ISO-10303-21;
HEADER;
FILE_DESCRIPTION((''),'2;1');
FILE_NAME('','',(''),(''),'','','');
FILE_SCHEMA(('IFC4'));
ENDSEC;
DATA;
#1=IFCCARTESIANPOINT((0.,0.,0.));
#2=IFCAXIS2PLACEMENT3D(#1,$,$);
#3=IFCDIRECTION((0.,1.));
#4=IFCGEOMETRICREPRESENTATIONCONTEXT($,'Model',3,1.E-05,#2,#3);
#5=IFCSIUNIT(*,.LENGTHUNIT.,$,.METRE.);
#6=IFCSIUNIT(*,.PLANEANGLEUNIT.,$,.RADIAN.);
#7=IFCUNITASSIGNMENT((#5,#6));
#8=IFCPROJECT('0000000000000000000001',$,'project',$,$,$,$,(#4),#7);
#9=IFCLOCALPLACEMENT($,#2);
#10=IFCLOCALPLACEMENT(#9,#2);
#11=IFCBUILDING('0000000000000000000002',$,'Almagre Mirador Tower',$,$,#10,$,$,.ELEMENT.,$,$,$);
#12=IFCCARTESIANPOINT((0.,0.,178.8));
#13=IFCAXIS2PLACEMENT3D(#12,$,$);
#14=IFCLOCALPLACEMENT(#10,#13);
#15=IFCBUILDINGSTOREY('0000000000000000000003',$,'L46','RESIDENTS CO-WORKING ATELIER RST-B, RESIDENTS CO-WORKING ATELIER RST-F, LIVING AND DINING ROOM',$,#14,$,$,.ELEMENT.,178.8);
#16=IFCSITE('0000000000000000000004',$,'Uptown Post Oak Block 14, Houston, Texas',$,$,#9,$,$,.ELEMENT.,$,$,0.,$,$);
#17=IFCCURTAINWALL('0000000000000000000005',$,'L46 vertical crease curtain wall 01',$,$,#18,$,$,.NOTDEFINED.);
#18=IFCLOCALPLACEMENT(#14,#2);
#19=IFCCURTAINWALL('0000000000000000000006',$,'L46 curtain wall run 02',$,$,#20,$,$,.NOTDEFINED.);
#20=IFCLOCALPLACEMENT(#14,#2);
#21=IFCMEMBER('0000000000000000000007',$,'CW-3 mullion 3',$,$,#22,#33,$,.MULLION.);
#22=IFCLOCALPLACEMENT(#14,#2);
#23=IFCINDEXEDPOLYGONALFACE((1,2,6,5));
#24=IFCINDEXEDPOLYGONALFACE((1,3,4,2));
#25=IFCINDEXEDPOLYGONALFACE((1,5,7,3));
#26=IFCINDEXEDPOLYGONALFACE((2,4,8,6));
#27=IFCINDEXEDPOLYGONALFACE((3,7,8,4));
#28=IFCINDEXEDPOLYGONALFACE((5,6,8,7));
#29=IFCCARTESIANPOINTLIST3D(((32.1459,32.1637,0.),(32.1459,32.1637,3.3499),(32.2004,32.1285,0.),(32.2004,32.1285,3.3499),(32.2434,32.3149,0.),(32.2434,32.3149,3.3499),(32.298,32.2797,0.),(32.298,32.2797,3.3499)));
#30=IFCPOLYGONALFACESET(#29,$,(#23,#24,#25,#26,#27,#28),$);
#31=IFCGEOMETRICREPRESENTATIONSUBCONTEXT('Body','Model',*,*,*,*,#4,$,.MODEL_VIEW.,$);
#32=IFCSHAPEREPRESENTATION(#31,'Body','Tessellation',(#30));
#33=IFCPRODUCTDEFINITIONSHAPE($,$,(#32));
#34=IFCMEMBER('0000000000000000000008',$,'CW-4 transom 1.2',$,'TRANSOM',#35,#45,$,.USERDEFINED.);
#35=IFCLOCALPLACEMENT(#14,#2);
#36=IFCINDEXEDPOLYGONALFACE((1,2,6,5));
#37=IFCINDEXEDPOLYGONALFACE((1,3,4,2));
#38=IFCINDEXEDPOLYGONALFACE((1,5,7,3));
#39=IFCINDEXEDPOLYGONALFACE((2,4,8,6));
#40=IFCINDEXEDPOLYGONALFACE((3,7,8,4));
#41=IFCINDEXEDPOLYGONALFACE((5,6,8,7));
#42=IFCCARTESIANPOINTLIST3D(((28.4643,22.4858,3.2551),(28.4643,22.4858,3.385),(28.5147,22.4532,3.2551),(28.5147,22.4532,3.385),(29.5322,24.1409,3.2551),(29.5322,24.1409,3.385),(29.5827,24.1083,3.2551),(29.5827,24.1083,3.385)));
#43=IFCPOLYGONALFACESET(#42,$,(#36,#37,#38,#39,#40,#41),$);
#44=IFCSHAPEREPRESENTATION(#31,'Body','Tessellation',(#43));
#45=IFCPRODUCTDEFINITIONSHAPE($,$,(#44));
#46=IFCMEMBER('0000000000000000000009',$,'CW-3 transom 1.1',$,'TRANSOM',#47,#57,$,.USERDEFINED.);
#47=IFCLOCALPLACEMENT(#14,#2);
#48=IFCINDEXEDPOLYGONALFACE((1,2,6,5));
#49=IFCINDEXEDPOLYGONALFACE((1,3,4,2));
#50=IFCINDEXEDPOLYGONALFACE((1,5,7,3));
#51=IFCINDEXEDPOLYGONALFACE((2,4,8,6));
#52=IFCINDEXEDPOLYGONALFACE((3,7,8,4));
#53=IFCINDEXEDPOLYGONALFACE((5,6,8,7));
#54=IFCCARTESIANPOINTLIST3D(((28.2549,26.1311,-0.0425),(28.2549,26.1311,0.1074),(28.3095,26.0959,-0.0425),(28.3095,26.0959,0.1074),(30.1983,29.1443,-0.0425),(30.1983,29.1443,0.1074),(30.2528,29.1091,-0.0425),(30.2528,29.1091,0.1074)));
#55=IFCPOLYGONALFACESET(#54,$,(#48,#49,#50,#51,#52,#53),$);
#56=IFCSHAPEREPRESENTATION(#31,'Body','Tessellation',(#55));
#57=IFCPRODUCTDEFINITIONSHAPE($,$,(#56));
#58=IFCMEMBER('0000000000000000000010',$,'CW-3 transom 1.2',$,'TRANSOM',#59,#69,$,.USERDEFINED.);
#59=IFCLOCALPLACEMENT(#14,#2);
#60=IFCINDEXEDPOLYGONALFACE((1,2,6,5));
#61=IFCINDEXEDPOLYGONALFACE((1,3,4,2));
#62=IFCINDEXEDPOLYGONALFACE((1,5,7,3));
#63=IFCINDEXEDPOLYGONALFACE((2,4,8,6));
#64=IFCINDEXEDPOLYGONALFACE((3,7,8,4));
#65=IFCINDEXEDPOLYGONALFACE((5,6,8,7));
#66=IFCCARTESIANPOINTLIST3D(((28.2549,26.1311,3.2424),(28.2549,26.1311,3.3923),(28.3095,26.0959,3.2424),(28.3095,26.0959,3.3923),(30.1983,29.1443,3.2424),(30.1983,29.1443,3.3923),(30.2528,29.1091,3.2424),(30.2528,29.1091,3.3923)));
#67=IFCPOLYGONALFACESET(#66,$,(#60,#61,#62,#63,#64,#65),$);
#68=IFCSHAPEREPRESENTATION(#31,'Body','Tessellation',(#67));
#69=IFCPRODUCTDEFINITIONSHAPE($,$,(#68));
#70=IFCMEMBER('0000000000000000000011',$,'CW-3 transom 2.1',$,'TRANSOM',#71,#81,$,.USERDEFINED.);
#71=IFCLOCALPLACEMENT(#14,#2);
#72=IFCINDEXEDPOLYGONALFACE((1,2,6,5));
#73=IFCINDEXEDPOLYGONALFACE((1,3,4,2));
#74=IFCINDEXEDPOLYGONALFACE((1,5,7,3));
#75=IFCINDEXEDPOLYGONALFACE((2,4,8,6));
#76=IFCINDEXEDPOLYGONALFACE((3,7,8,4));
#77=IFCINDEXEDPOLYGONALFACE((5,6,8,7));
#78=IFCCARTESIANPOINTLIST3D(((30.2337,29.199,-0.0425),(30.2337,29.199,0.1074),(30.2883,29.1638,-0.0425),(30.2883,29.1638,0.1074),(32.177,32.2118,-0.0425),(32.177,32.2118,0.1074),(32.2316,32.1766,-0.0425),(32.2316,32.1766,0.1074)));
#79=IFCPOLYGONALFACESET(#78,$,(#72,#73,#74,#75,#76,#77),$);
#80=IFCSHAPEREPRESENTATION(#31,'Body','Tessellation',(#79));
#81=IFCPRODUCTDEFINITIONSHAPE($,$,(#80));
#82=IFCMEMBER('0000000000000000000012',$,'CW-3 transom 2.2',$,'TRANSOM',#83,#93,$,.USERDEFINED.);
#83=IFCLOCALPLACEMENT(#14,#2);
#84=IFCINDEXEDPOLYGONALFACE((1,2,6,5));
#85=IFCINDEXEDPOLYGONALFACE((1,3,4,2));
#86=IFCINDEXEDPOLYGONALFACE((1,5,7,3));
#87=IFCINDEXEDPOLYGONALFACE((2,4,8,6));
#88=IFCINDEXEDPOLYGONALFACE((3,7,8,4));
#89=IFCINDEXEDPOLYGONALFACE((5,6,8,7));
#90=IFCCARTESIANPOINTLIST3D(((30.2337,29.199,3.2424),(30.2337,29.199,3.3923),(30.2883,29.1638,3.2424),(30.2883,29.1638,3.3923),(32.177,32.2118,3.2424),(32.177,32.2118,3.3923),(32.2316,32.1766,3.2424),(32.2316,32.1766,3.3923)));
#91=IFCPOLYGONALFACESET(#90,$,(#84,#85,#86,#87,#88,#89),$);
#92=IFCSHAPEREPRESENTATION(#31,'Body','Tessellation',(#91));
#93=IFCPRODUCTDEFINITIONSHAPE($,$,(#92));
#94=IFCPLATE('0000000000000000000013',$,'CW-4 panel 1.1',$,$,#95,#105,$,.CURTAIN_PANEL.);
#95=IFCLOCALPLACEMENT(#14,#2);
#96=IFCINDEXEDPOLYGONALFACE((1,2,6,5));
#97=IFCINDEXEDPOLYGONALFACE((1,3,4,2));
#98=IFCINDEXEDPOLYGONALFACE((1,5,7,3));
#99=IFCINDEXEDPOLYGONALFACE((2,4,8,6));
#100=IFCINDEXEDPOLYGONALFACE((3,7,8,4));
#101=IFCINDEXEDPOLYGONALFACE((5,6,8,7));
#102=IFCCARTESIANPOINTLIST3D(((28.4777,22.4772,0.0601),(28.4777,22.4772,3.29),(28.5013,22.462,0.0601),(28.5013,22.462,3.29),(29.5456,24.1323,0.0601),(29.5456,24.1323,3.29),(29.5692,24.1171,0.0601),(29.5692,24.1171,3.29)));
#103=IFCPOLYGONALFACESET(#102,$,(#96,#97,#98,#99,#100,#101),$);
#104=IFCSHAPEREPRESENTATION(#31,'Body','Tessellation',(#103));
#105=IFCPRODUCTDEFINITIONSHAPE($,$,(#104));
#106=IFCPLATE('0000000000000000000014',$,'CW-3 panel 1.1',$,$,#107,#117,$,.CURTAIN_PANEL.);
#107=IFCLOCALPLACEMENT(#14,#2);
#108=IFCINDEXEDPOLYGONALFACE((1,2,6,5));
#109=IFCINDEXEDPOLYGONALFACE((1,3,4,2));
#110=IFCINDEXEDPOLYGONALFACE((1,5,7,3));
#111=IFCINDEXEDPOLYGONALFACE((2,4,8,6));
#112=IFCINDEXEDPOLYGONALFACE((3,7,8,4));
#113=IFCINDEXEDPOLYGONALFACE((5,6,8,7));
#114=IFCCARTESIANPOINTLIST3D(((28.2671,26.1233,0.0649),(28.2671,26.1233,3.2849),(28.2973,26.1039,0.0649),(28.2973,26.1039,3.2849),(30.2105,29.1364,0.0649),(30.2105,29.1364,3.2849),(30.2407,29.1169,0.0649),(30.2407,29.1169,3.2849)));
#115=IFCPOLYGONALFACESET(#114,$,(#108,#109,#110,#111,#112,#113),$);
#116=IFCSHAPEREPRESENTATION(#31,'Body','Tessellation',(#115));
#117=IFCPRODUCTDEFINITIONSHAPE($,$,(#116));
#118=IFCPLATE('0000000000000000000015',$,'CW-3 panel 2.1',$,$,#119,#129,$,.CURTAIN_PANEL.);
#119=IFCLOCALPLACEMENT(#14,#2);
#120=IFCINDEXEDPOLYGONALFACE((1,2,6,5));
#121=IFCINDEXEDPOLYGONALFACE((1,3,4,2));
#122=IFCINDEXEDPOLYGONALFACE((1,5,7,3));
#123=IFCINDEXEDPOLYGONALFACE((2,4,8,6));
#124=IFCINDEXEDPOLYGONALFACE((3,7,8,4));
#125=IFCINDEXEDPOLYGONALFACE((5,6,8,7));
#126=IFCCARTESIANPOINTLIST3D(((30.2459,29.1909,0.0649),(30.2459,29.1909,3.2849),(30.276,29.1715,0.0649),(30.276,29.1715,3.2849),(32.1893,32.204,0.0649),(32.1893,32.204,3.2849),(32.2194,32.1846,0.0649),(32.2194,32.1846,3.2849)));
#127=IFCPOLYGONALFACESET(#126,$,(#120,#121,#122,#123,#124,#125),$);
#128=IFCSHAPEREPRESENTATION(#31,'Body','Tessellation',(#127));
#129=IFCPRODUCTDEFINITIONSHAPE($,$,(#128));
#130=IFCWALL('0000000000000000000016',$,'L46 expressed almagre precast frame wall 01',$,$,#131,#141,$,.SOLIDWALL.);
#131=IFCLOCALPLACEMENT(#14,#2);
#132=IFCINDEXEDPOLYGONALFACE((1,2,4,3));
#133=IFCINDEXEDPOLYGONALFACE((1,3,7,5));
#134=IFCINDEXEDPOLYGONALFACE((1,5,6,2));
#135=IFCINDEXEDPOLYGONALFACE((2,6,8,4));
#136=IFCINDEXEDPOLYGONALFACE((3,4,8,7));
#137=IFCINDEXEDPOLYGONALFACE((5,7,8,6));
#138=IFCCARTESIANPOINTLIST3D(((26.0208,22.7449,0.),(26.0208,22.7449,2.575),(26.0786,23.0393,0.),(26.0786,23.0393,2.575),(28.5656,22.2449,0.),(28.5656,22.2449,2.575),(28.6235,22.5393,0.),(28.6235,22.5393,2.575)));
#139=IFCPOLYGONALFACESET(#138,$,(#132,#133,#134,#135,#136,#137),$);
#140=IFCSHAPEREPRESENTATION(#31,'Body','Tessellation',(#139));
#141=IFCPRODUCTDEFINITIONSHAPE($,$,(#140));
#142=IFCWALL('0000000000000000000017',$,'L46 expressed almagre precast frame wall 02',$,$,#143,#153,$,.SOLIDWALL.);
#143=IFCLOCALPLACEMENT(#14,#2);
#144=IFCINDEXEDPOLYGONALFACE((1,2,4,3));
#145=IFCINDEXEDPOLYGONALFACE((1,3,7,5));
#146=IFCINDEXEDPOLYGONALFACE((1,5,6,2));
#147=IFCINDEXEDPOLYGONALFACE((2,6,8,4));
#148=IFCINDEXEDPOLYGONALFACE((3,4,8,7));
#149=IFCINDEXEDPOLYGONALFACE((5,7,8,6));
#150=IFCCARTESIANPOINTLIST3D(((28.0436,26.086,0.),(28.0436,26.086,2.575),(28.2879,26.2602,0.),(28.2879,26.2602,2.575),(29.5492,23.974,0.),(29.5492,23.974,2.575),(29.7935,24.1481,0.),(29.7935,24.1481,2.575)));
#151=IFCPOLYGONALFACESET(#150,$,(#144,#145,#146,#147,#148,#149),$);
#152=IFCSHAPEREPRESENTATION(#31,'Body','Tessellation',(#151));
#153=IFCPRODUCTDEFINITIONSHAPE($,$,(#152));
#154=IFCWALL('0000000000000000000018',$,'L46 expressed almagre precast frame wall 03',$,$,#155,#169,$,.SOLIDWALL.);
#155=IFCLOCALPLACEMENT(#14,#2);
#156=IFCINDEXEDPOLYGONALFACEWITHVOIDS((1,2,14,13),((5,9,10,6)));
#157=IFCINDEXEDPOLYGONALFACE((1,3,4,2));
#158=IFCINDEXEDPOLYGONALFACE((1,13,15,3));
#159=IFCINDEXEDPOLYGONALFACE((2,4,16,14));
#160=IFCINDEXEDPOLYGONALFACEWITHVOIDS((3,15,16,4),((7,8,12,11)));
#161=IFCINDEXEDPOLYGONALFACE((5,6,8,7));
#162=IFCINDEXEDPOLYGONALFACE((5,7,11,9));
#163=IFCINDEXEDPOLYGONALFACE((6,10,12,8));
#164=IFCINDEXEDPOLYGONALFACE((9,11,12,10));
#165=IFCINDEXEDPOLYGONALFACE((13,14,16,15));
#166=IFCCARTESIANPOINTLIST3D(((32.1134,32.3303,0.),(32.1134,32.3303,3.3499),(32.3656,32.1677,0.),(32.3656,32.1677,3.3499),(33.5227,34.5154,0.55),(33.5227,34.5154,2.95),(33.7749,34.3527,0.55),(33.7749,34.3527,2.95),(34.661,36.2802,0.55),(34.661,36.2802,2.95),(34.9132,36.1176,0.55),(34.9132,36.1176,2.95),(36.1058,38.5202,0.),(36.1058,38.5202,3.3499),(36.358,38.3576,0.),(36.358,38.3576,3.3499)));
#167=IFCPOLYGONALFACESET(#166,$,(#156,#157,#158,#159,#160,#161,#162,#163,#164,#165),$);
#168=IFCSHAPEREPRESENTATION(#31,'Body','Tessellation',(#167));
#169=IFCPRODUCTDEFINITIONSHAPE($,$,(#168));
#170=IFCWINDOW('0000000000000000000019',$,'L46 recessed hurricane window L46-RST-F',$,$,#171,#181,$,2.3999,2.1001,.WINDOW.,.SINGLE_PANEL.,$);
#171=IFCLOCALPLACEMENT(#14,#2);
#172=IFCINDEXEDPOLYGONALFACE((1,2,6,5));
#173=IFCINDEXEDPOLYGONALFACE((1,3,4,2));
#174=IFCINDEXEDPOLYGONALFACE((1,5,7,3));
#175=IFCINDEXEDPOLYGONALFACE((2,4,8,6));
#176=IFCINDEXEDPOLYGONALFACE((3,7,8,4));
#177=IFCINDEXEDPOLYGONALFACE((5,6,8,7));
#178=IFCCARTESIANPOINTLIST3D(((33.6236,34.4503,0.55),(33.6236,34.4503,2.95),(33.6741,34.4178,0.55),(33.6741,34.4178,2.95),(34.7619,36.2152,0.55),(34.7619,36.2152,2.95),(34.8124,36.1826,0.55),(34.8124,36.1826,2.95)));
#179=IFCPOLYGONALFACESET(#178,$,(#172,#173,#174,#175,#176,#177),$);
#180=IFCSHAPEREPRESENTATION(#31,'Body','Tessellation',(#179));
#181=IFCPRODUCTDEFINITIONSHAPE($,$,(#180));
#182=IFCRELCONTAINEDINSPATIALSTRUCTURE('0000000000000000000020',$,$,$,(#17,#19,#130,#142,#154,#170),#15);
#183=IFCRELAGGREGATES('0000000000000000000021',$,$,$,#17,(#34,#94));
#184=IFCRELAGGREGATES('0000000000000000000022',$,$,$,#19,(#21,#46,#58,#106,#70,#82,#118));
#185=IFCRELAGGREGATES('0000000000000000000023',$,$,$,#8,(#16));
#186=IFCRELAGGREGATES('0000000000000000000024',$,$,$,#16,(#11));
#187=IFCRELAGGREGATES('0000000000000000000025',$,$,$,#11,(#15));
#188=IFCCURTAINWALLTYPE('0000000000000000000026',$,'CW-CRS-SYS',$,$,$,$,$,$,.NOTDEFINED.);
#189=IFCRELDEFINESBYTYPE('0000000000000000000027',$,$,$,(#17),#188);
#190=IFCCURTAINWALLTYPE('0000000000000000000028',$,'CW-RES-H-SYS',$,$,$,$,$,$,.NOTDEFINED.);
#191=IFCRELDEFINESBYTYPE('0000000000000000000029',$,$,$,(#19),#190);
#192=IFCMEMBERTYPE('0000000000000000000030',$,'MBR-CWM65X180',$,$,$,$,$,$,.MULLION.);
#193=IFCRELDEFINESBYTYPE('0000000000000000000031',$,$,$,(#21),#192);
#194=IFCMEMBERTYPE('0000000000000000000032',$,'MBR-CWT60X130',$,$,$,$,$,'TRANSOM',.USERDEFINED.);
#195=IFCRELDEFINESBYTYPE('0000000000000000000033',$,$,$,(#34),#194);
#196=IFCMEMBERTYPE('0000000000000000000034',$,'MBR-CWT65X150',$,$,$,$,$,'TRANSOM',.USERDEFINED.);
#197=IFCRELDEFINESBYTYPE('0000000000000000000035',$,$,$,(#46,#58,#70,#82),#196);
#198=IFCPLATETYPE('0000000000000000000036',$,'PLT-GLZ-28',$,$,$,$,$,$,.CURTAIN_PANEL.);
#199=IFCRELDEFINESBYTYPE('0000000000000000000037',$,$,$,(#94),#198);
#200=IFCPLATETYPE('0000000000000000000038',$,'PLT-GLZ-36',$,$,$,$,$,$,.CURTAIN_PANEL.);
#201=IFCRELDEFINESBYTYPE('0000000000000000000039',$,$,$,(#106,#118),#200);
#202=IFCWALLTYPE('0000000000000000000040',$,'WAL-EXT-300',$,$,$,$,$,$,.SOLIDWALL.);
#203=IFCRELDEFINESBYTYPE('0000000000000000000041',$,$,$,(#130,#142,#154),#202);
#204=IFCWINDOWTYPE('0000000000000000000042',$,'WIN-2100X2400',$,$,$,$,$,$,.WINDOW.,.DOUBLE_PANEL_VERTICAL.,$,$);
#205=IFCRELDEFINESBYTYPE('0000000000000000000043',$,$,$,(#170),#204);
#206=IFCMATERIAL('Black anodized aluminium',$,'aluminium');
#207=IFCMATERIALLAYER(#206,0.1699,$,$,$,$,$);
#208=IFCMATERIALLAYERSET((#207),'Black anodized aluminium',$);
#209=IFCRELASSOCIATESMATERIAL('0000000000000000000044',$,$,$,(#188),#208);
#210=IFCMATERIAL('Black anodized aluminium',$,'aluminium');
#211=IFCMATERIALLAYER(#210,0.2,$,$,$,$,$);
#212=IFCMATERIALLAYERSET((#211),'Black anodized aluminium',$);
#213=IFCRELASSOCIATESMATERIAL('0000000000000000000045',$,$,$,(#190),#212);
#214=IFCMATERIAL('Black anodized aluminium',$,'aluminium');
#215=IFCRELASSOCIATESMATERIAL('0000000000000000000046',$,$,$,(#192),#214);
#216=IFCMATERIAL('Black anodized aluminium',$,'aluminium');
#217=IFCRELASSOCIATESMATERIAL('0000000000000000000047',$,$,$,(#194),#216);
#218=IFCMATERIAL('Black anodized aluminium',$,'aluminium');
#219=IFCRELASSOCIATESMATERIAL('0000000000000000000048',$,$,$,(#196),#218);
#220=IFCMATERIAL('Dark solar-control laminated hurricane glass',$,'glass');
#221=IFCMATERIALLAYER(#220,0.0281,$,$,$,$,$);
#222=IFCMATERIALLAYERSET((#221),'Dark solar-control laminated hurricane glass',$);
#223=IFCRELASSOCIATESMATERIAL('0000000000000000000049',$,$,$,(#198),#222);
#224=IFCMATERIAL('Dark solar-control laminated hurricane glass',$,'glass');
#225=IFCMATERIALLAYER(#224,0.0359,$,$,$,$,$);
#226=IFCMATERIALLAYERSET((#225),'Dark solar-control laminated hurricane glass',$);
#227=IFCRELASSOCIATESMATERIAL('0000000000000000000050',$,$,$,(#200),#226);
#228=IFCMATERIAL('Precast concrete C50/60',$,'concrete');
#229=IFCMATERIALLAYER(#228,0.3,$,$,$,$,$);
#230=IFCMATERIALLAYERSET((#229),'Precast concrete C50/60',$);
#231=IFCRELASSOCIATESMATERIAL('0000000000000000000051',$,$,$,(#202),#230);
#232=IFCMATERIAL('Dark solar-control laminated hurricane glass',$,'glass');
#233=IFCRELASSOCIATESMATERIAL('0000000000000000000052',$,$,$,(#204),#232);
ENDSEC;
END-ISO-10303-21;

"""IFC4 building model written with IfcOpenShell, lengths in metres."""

from ifc_helpers import new_model, si_unit, direction, frame, frame_2d, origin, origin_2d, place, context, subcontext, project, spatial, rectangle, extrude, material, layer, layer_set, material_profile, profile_set, type_object, element, fill, aggregate, save


model = new_model("IFC4")

# Units and contexts
model_context = context("Model", 3, precision=1e-05, world=origin(), true_north=direction((0.0, 1.0)))
body_context = subcontext(model_context, "Body", "Model", "MODEL_VIEW")
ifc_project = project(units=[si_unit("LENGTHUNIT", "METRE"), si_unit("PLANEANGLEUNIT", "RADIAN")], contexts=[model_context])

# Site, building, storey
site_placement = place(None, origin())
site = spatial("IfcSite", under=ifc_project, at=site_placement, Name="Uptown Post Oak Block 14, Houston, Texas", CompositionType="ELEMENT", RefElevation=0.0)
building_placement = place(site_placement, origin())
building = spatial("IfcBuilding", under=site, at=building_placement, Name="Almagre Mirador Tower", CompositionType="ELEMENT")
storey_placement = place(building_placement, frame((0.0, 0.0, 178.8)))
storey = spatial("IfcBuildingStorey", under=building, at=storey_placement, Name="L46", Description="RESIDENTS CO-WORKING ATELIER RST-B, RESIDENTS CO-WORKING ATELIER RST-F, LIVING AND DINING ROOM", CompositionType="ELEMENT", Elevation=178.8)

# Curtain wall
ifc_material_1 = material(Name="Black anodized aluminium", Category="aluminium")
ifc_layer_1 = layer(ifc_material_1, 0.1699)
ifc_layer_set_1 = layer_set([ifc_layer_1], Name="Black anodized aluminium")
curtain_wall_type_1 = type_object("IfcCurtainWallType", Name="CW-CRS-SYS", PredefinedType="NOTDEFINED", material=ifc_layer_set_1)
curtain_wall_1_placement = place(storey_placement, origin())
curtain_wall_1 = element("IfcCurtainWall", 1, at=curtain_wall_1_placement, inside=storey, type_object=curtain_wall_type_1, Name="L46 vertical crease curtain wall 01", PredefinedType="NOTDEFINED")

# Curtain wall, member
ifc_material_2 = material(Name="Black anodized aluminium", Category="aluminium")
ifc_layer_2 = layer(ifc_material_2, 0.2)
ifc_layer_set_2 = layer_set([ifc_layer_2], Name="Black anodized aluminium")
curtain_wall_type_2 = type_object("IfcCurtainWallType", Name="CW-RES-H-SYS", PredefinedType="NOTDEFINED", material=ifc_layer_set_2)
curtain_wall_2_placement = place(storey_placement, origin())
curtain_wall_2 = element("IfcCurtainWall", 2, at=curtain_wall_2_placement, inside=storey, type_object=curtain_wall_type_2, Name="L46 curtain wall run 02", PredefinedType="NOTDEFINED")
ifc_material_3 = material(Name="Black anodized aluminium", Category="aluminium")
ifc_material_profile_1 = material_profile(ifc_material_3, rectangle(XDim=0.0649, YDim=0.1799, at=origin_2d()), Name="CWM65X180")
ifc_profile_set_1 = profile_set([ifc_material_profile_1], Name="Black anodized aluminium")
member_type_1 = type_object("IfcMemberType", Name="MBR-CWM65X180", PredefinedType="MULLION", material=ifc_profile_set_1)
member_1_placement = place(storey_placement, frame((32.2219, 32.2217, 0.0), z_axis=(0.0, 0.0, 1.0), x_axis=(-0.840361, 0.542026, 0.0)))
member_1 = element("IfcMember", 3, at=member_1_placement, type_object=member_type_1, Name="CW-3 mullion 3", PredefinedType="MULLION", context=body_context, shape_type="SweptSolid", body=[
    extrude(rectangle(XDim=0.0649, YDim=0.1799, at=origin_2d()), origin(), (0.0, 0.0, 1.0), 3.3499),
])

# Members
ifc_material_4 = material(Name="Black anodized aluminium", Category="aluminium")
ifc_material_profile_2 = material_profile(ifc_material_4, rectangle(XDim=0.0601, YDim=0.1299, at=origin_2d()), Name="CWT60X130")
ifc_profile_set_2 = profile_set([ifc_material_profile_2], Name="Black anodized aluminium")
member_type_2 = type_object("IfcMemberType", Name="MBR-CWT60X130", ElementType="TRANSOM", PredefinedType="USERDEFINED", material=ifc_profile_set_2)
member_2_placement = place(storey_placement, frame((28.4895, 22.4695, 3.3201), z_axis=(0.542166, 0.840271, 0.0), x_axis=(-0.840271, 0.542166, 0.0)))
member_2 = element("IfcMember", 4, at=member_2_placement, type_object=member_type_2, Name="CW-4 transom 1.2", ObjectType="TRANSOM", PredefinedType="USERDEFINED", context=body_context, shape_type="SweptSolid", body=[
    extrude(rectangle(XDim=0.0601, YDim=0.1299, at=origin_2d()), origin(), (0.0, 0.0, 1.0), 1.9697),
])
ifc_material_5 = material(Name="Black anodized aluminium", Category="aluminium")
ifc_material_profile_3 = material_profile(ifc_material_5, rectangle(XDim=0.0649, YDim=0.1499, at=origin_2d()), Name="CWT65X150")
ifc_profile_set_3 = profile_set([ifc_material_profile_3], Name="Black anodized aluminium")
member_type_3 = type_object("IfcMemberType", Name="MBR-CWT65X150", ElementType="TRANSOM", PredefinedType="USERDEFINED", material=ifc_profile_set_3)
member_3_placement = place(storey_placement, frame((28.2822, 26.1135, 0.0325), z_axis=(0.542003, 0.840377, 0.0), x_axis=(-0.840377, 0.542003, 0.0)))
member_3 = element("IfcMember", 5, at=member_3_placement, type_object=member_type_3, Name="CW-3 transom 1.1", ObjectType="TRANSOM", PredefinedType="USERDEFINED", context=body_context, shape_type="SweptSolid", body=[
    extrude(rectangle(XDim=0.0649, YDim=0.1499, at=origin_2d()), origin(), (0.0, 0.0, 1.0), 3.5854),
])
member_4_placement = place(storey_placement, frame((28.2822, 26.1135, 3.3174), z_axis=(0.542003, 0.840377, 0.0), x_axis=(-0.840377, 0.542003, 0.0)))
member_4 = element("IfcMember", 6, at=member_4_placement, type_object=member_type_3, Name="CW-3 transom 1.2", ObjectType="TRANSOM", PredefinedType="USERDEFINED", context=body_context, shape_type="SweptSolid", body=[
    extrude(rectangle(XDim=0.0649, YDim=0.1499, at=origin_2d()), origin(), (0.0, 0.0, 1.0), 3.5854),
])
member_5_placement = place(storey_placement, frame((30.261, 29.1814, 0.0325), z_axis=(0.542034, 0.840357, 0.0), x_axis=(-0.840357, 0.542034, 0.0)))
member_5 = element("IfcMember", 7, at=member_5_placement, type_object=member_type_3, Name="CW-3 transom 2.1", ObjectType="TRANSOM", PredefinedType="USERDEFINED", context=body_context, shape_type="SweptSolid", body=[
    extrude(rectangle(XDim=0.0649, YDim=0.1499, at=origin_2d()), origin(), (0.0, 0.0, 1.0), 3.5852),
])
member_6_placement = place(storey_placement, frame((30.261, 29.1814, 3.3174), z_axis=(0.542034, 0.840357, 0.0), x_axis=(-0.840357, 0.542034, 0.0)))
member_6 = element("IfcMember", 8, at=member_6_placement, type_object=member_type_3, Name="CW-3 transom 2.2", ObjectType="TRANSOM", PredefinedType="USERDEFINED", context=body_context, shape_type="SweptSolid", body=[
    extrude(rectangle(XDim=0.0649, YDim=0.1499, at=origin_2d()), origin(), (0.0, 0.0, 1.0), 3.5852),
])

# Plates
ifc_material_6 = material(Name="Dark solar-control laminated hurricane glass", Category="glass")
ifc_layer_3 = layer(ifc_material_6, 0.0281)
ifc_layer_set_3 = layer_set([ifc_layer_3], Name="Dark solar-control laminated hurricane glass")
plate_type_1 = type_object("IfcPlateType", Name="PLT-GLZ-28", PredefinedType="CURTAIN_PANEL", material=ifc_layer_set_3)
plate_1_placement = place(storey_placement, frame((29.0234, 23.2971, 0.0601), z_axis=(0.0, 0.0, 1.0), x_axis=(0.54216, 0.840276, 0.0)))
plate_1 = element("IfcPlate", 9, at=plate_1_placement, type_object=plate_type_1, Name="CW-4 panel 1.1", PredefinedType="CURTAIN_PANEL", context=body_context, shape_type="SweptSolid", body=[
    extrude(rectangle(XDim=1.9697, YDim=0.0281, at=origin_2d()), origin(), (0.0, 0.0, 1.0), 3.23),
])
aggregate(curtain_wall_1, [member_2, plate_1])
ifc_material_7 = material(Name="Dark solar-control laminated hurricane glass", Category="glass")
ifc_layer_4 = layer(ifc_material_7, 0.0359)
ifc_layer_set_4 = layer_set([ifc_layer_4], Name="Dark solar-control laminated hurricane glass")
plate_type_2 = type_object("IfcPlateType", Name="PLT-GLZ-36", PredefinedType="CURTAIN_PANEL", material=ifc_layer_set_4)
plate_2_placement = place(storey_placement, frame((29.2539, 27.6201, 0.0649), z_axis=(0.0, 0.0, 1.0), x_axis=(0.542026, 0.840361, 0.0)))
plate_2 = element("IfcPlate", 10, at=plate_2_placement, type_object=plate_type_2, Name="CW-3 panel 1.1", PredefinedType="CURTAIN_PANEL", context=body_context, shape_type="SweptSolid", body=[
    extrude(rectangle(XDim=3.5854, YDim=0.0359, at=origin_2d()), origin(), (0.0, 0.0, 1.0), 3.22),
])
plate_3_placement = place(storey_placement, frame((31.2327, 30.6877, 0.0649), z_axis=(0.0, 0.0, 1.0), x_axis=(0.542026, 0.840361, 0.0)))
plate_3 = element("IfcPlate", 11, at=plate_3_placement, type_object=plate_type_2, Name="CW-3 panel 2.1", PredefinedType="CURTAIN_PANEL", context=body_context, shape_type="SweptSolid", body=[
    extrude(rectangle(XDim=3.5854, YDim=0.0359, at=origin_2d()), origin(), (0.0, 0.0, 1.0), 3.22),
])
aggregate(curtain_wall_2, [member_1, member_3, member_4, plate_2, member_5, member_6, plate_3])

# Walls
ifc_material_8 = material(Name="Precast concrete C50/60", Category="concrete")
ifc_layer_5 = layer(ifc_material_8, 0.3)
ifc_layer_set_5 = layer_set([ifc_layer_5], Name="Precast concrete C50/60")
wall_type_1 = type_object("IfcWallType", Name="WAL-EXT-300", PredefinedType="SOLIDWALL", material=ifc_layer_set_5)
wall_1_placement = place(storey_placement, frame((26.0496, 22.8921, 0.0), z_axis=(0.0, 0.0, 1.0), x_axis=(0.981241, -0.192784, 0.0)))
element("IfcWall", 12, at=wall_1_placement, inside=storey, type_object=wall_type_1, Name="L46 expressed almagre precast frame wall 01", PredefinedType="SOLIDWALL", context=body_context, shape_type="SweptSolid", body=[
    extrude(rectangle(XDim=2.5935, YDim=0.3, at=frame_2d((1.2969, 0.0))), origin(), (0.0, 0.0, 1.0), 2.575),
])
wall_2_placement = place(storey_placement, frame((29.6714, 24.061, 0.0), z_axis=(0.0, 0.0, 1.0), x_axis=(-0.580472, 0.81428, 0.0)))
element("IfcWall", 13, at=wall_2_placement, inside=storey, type_object=wall_type_1, Name="L46 expressed almagre precast frame wall 02", PredefinedType="SOLIDWALL", context=body_context, shape_type="SweptSolid", body=[
    extrude(rectangle(XDim=2.5938, YDim=0.3, at=frame_2d((1.2969, 0.0))), origin(), (0.0, 0.0, 1.0), 2.575),
])

# Wall, opening, window
wall_3_placement = place(storey_placement, frame((32.2395, 32.249, 0.0), z_axis=(0.0, 0.0, 1.0), x_axis=(0.542023, 0.840363, 0.0)))
wall_3 = element("IfcWall", 14, at=wall_3_placement, inside=storey, type_object=wall_type_1, Name="L46 expressed almagre precast frame wall 03", PredefinedType="SOLIDWALL", context=body_context, shape_type="SweptSolid", body=[
    extrude(rectangle(XDim=7.3657, YDim=0.3, at=frame_2d((3.6829, 0.0))), origin(), (0.0, 0.0, 1.0), 3.3499),
])
opening_1_placement = place(wall_3_placement, frame((2.6001, 0.0, 0.55)))
opening_1 = element("IfcOpeningElement", 15, at=opening_1_placement, cuts=wall_3, PredefinedType="OPENING", context=body_context, shape_type="SweptSolid", body=[
    extrude(rectangle(XDim=2.1001, YDim=2.3999, at=frame_2d((1.05, 1.2))), frame((0.0, 0.1599, 0.0), z_axis=(0.0, -1.0, 0.0), x_axis=(1.0, 0.0, 0.0)), (0.0, 0.0, 1.0), 0.32),
])
ifc_material_9 = material(Name="Dark solar-control laminated hurricane glass", Category="glass")
window_type = type_object("IfcWindowType", Name="WIN-2100X2400", PartitioningType="DOUBLE_PANEL_VERTICAL", PredefinedType="WINDOW", material=ifc_material_9)
window_placement = place(opening_1_placement, origin())
window = element("IfcWindow", 16, at=window_placement, inside=storey, type_object=window_type, Name="L46 recessed hurricane window L46-RST-F", OverallHeight=2.3999, OverallWidth=2.1001, PartitioningType="SINGLE_PANEL", PredefinedType="WINDOW", context=body_context, shape_type="SweptSolid", body=[
    extrude(rectangle(XDim=2.1001, YDim=2.3999, at=frame_2d((1.05, 1.2))), frame((0.0, 0.03, 0.0), z_axis=(0.0, -1.0, 0.0), x_axis=(1.0, 0.0, 0.0)), (0.0, 0.0, 1.0), 0.0601),
])
fill(opening_1, window)

save(model, "model.ifc")
